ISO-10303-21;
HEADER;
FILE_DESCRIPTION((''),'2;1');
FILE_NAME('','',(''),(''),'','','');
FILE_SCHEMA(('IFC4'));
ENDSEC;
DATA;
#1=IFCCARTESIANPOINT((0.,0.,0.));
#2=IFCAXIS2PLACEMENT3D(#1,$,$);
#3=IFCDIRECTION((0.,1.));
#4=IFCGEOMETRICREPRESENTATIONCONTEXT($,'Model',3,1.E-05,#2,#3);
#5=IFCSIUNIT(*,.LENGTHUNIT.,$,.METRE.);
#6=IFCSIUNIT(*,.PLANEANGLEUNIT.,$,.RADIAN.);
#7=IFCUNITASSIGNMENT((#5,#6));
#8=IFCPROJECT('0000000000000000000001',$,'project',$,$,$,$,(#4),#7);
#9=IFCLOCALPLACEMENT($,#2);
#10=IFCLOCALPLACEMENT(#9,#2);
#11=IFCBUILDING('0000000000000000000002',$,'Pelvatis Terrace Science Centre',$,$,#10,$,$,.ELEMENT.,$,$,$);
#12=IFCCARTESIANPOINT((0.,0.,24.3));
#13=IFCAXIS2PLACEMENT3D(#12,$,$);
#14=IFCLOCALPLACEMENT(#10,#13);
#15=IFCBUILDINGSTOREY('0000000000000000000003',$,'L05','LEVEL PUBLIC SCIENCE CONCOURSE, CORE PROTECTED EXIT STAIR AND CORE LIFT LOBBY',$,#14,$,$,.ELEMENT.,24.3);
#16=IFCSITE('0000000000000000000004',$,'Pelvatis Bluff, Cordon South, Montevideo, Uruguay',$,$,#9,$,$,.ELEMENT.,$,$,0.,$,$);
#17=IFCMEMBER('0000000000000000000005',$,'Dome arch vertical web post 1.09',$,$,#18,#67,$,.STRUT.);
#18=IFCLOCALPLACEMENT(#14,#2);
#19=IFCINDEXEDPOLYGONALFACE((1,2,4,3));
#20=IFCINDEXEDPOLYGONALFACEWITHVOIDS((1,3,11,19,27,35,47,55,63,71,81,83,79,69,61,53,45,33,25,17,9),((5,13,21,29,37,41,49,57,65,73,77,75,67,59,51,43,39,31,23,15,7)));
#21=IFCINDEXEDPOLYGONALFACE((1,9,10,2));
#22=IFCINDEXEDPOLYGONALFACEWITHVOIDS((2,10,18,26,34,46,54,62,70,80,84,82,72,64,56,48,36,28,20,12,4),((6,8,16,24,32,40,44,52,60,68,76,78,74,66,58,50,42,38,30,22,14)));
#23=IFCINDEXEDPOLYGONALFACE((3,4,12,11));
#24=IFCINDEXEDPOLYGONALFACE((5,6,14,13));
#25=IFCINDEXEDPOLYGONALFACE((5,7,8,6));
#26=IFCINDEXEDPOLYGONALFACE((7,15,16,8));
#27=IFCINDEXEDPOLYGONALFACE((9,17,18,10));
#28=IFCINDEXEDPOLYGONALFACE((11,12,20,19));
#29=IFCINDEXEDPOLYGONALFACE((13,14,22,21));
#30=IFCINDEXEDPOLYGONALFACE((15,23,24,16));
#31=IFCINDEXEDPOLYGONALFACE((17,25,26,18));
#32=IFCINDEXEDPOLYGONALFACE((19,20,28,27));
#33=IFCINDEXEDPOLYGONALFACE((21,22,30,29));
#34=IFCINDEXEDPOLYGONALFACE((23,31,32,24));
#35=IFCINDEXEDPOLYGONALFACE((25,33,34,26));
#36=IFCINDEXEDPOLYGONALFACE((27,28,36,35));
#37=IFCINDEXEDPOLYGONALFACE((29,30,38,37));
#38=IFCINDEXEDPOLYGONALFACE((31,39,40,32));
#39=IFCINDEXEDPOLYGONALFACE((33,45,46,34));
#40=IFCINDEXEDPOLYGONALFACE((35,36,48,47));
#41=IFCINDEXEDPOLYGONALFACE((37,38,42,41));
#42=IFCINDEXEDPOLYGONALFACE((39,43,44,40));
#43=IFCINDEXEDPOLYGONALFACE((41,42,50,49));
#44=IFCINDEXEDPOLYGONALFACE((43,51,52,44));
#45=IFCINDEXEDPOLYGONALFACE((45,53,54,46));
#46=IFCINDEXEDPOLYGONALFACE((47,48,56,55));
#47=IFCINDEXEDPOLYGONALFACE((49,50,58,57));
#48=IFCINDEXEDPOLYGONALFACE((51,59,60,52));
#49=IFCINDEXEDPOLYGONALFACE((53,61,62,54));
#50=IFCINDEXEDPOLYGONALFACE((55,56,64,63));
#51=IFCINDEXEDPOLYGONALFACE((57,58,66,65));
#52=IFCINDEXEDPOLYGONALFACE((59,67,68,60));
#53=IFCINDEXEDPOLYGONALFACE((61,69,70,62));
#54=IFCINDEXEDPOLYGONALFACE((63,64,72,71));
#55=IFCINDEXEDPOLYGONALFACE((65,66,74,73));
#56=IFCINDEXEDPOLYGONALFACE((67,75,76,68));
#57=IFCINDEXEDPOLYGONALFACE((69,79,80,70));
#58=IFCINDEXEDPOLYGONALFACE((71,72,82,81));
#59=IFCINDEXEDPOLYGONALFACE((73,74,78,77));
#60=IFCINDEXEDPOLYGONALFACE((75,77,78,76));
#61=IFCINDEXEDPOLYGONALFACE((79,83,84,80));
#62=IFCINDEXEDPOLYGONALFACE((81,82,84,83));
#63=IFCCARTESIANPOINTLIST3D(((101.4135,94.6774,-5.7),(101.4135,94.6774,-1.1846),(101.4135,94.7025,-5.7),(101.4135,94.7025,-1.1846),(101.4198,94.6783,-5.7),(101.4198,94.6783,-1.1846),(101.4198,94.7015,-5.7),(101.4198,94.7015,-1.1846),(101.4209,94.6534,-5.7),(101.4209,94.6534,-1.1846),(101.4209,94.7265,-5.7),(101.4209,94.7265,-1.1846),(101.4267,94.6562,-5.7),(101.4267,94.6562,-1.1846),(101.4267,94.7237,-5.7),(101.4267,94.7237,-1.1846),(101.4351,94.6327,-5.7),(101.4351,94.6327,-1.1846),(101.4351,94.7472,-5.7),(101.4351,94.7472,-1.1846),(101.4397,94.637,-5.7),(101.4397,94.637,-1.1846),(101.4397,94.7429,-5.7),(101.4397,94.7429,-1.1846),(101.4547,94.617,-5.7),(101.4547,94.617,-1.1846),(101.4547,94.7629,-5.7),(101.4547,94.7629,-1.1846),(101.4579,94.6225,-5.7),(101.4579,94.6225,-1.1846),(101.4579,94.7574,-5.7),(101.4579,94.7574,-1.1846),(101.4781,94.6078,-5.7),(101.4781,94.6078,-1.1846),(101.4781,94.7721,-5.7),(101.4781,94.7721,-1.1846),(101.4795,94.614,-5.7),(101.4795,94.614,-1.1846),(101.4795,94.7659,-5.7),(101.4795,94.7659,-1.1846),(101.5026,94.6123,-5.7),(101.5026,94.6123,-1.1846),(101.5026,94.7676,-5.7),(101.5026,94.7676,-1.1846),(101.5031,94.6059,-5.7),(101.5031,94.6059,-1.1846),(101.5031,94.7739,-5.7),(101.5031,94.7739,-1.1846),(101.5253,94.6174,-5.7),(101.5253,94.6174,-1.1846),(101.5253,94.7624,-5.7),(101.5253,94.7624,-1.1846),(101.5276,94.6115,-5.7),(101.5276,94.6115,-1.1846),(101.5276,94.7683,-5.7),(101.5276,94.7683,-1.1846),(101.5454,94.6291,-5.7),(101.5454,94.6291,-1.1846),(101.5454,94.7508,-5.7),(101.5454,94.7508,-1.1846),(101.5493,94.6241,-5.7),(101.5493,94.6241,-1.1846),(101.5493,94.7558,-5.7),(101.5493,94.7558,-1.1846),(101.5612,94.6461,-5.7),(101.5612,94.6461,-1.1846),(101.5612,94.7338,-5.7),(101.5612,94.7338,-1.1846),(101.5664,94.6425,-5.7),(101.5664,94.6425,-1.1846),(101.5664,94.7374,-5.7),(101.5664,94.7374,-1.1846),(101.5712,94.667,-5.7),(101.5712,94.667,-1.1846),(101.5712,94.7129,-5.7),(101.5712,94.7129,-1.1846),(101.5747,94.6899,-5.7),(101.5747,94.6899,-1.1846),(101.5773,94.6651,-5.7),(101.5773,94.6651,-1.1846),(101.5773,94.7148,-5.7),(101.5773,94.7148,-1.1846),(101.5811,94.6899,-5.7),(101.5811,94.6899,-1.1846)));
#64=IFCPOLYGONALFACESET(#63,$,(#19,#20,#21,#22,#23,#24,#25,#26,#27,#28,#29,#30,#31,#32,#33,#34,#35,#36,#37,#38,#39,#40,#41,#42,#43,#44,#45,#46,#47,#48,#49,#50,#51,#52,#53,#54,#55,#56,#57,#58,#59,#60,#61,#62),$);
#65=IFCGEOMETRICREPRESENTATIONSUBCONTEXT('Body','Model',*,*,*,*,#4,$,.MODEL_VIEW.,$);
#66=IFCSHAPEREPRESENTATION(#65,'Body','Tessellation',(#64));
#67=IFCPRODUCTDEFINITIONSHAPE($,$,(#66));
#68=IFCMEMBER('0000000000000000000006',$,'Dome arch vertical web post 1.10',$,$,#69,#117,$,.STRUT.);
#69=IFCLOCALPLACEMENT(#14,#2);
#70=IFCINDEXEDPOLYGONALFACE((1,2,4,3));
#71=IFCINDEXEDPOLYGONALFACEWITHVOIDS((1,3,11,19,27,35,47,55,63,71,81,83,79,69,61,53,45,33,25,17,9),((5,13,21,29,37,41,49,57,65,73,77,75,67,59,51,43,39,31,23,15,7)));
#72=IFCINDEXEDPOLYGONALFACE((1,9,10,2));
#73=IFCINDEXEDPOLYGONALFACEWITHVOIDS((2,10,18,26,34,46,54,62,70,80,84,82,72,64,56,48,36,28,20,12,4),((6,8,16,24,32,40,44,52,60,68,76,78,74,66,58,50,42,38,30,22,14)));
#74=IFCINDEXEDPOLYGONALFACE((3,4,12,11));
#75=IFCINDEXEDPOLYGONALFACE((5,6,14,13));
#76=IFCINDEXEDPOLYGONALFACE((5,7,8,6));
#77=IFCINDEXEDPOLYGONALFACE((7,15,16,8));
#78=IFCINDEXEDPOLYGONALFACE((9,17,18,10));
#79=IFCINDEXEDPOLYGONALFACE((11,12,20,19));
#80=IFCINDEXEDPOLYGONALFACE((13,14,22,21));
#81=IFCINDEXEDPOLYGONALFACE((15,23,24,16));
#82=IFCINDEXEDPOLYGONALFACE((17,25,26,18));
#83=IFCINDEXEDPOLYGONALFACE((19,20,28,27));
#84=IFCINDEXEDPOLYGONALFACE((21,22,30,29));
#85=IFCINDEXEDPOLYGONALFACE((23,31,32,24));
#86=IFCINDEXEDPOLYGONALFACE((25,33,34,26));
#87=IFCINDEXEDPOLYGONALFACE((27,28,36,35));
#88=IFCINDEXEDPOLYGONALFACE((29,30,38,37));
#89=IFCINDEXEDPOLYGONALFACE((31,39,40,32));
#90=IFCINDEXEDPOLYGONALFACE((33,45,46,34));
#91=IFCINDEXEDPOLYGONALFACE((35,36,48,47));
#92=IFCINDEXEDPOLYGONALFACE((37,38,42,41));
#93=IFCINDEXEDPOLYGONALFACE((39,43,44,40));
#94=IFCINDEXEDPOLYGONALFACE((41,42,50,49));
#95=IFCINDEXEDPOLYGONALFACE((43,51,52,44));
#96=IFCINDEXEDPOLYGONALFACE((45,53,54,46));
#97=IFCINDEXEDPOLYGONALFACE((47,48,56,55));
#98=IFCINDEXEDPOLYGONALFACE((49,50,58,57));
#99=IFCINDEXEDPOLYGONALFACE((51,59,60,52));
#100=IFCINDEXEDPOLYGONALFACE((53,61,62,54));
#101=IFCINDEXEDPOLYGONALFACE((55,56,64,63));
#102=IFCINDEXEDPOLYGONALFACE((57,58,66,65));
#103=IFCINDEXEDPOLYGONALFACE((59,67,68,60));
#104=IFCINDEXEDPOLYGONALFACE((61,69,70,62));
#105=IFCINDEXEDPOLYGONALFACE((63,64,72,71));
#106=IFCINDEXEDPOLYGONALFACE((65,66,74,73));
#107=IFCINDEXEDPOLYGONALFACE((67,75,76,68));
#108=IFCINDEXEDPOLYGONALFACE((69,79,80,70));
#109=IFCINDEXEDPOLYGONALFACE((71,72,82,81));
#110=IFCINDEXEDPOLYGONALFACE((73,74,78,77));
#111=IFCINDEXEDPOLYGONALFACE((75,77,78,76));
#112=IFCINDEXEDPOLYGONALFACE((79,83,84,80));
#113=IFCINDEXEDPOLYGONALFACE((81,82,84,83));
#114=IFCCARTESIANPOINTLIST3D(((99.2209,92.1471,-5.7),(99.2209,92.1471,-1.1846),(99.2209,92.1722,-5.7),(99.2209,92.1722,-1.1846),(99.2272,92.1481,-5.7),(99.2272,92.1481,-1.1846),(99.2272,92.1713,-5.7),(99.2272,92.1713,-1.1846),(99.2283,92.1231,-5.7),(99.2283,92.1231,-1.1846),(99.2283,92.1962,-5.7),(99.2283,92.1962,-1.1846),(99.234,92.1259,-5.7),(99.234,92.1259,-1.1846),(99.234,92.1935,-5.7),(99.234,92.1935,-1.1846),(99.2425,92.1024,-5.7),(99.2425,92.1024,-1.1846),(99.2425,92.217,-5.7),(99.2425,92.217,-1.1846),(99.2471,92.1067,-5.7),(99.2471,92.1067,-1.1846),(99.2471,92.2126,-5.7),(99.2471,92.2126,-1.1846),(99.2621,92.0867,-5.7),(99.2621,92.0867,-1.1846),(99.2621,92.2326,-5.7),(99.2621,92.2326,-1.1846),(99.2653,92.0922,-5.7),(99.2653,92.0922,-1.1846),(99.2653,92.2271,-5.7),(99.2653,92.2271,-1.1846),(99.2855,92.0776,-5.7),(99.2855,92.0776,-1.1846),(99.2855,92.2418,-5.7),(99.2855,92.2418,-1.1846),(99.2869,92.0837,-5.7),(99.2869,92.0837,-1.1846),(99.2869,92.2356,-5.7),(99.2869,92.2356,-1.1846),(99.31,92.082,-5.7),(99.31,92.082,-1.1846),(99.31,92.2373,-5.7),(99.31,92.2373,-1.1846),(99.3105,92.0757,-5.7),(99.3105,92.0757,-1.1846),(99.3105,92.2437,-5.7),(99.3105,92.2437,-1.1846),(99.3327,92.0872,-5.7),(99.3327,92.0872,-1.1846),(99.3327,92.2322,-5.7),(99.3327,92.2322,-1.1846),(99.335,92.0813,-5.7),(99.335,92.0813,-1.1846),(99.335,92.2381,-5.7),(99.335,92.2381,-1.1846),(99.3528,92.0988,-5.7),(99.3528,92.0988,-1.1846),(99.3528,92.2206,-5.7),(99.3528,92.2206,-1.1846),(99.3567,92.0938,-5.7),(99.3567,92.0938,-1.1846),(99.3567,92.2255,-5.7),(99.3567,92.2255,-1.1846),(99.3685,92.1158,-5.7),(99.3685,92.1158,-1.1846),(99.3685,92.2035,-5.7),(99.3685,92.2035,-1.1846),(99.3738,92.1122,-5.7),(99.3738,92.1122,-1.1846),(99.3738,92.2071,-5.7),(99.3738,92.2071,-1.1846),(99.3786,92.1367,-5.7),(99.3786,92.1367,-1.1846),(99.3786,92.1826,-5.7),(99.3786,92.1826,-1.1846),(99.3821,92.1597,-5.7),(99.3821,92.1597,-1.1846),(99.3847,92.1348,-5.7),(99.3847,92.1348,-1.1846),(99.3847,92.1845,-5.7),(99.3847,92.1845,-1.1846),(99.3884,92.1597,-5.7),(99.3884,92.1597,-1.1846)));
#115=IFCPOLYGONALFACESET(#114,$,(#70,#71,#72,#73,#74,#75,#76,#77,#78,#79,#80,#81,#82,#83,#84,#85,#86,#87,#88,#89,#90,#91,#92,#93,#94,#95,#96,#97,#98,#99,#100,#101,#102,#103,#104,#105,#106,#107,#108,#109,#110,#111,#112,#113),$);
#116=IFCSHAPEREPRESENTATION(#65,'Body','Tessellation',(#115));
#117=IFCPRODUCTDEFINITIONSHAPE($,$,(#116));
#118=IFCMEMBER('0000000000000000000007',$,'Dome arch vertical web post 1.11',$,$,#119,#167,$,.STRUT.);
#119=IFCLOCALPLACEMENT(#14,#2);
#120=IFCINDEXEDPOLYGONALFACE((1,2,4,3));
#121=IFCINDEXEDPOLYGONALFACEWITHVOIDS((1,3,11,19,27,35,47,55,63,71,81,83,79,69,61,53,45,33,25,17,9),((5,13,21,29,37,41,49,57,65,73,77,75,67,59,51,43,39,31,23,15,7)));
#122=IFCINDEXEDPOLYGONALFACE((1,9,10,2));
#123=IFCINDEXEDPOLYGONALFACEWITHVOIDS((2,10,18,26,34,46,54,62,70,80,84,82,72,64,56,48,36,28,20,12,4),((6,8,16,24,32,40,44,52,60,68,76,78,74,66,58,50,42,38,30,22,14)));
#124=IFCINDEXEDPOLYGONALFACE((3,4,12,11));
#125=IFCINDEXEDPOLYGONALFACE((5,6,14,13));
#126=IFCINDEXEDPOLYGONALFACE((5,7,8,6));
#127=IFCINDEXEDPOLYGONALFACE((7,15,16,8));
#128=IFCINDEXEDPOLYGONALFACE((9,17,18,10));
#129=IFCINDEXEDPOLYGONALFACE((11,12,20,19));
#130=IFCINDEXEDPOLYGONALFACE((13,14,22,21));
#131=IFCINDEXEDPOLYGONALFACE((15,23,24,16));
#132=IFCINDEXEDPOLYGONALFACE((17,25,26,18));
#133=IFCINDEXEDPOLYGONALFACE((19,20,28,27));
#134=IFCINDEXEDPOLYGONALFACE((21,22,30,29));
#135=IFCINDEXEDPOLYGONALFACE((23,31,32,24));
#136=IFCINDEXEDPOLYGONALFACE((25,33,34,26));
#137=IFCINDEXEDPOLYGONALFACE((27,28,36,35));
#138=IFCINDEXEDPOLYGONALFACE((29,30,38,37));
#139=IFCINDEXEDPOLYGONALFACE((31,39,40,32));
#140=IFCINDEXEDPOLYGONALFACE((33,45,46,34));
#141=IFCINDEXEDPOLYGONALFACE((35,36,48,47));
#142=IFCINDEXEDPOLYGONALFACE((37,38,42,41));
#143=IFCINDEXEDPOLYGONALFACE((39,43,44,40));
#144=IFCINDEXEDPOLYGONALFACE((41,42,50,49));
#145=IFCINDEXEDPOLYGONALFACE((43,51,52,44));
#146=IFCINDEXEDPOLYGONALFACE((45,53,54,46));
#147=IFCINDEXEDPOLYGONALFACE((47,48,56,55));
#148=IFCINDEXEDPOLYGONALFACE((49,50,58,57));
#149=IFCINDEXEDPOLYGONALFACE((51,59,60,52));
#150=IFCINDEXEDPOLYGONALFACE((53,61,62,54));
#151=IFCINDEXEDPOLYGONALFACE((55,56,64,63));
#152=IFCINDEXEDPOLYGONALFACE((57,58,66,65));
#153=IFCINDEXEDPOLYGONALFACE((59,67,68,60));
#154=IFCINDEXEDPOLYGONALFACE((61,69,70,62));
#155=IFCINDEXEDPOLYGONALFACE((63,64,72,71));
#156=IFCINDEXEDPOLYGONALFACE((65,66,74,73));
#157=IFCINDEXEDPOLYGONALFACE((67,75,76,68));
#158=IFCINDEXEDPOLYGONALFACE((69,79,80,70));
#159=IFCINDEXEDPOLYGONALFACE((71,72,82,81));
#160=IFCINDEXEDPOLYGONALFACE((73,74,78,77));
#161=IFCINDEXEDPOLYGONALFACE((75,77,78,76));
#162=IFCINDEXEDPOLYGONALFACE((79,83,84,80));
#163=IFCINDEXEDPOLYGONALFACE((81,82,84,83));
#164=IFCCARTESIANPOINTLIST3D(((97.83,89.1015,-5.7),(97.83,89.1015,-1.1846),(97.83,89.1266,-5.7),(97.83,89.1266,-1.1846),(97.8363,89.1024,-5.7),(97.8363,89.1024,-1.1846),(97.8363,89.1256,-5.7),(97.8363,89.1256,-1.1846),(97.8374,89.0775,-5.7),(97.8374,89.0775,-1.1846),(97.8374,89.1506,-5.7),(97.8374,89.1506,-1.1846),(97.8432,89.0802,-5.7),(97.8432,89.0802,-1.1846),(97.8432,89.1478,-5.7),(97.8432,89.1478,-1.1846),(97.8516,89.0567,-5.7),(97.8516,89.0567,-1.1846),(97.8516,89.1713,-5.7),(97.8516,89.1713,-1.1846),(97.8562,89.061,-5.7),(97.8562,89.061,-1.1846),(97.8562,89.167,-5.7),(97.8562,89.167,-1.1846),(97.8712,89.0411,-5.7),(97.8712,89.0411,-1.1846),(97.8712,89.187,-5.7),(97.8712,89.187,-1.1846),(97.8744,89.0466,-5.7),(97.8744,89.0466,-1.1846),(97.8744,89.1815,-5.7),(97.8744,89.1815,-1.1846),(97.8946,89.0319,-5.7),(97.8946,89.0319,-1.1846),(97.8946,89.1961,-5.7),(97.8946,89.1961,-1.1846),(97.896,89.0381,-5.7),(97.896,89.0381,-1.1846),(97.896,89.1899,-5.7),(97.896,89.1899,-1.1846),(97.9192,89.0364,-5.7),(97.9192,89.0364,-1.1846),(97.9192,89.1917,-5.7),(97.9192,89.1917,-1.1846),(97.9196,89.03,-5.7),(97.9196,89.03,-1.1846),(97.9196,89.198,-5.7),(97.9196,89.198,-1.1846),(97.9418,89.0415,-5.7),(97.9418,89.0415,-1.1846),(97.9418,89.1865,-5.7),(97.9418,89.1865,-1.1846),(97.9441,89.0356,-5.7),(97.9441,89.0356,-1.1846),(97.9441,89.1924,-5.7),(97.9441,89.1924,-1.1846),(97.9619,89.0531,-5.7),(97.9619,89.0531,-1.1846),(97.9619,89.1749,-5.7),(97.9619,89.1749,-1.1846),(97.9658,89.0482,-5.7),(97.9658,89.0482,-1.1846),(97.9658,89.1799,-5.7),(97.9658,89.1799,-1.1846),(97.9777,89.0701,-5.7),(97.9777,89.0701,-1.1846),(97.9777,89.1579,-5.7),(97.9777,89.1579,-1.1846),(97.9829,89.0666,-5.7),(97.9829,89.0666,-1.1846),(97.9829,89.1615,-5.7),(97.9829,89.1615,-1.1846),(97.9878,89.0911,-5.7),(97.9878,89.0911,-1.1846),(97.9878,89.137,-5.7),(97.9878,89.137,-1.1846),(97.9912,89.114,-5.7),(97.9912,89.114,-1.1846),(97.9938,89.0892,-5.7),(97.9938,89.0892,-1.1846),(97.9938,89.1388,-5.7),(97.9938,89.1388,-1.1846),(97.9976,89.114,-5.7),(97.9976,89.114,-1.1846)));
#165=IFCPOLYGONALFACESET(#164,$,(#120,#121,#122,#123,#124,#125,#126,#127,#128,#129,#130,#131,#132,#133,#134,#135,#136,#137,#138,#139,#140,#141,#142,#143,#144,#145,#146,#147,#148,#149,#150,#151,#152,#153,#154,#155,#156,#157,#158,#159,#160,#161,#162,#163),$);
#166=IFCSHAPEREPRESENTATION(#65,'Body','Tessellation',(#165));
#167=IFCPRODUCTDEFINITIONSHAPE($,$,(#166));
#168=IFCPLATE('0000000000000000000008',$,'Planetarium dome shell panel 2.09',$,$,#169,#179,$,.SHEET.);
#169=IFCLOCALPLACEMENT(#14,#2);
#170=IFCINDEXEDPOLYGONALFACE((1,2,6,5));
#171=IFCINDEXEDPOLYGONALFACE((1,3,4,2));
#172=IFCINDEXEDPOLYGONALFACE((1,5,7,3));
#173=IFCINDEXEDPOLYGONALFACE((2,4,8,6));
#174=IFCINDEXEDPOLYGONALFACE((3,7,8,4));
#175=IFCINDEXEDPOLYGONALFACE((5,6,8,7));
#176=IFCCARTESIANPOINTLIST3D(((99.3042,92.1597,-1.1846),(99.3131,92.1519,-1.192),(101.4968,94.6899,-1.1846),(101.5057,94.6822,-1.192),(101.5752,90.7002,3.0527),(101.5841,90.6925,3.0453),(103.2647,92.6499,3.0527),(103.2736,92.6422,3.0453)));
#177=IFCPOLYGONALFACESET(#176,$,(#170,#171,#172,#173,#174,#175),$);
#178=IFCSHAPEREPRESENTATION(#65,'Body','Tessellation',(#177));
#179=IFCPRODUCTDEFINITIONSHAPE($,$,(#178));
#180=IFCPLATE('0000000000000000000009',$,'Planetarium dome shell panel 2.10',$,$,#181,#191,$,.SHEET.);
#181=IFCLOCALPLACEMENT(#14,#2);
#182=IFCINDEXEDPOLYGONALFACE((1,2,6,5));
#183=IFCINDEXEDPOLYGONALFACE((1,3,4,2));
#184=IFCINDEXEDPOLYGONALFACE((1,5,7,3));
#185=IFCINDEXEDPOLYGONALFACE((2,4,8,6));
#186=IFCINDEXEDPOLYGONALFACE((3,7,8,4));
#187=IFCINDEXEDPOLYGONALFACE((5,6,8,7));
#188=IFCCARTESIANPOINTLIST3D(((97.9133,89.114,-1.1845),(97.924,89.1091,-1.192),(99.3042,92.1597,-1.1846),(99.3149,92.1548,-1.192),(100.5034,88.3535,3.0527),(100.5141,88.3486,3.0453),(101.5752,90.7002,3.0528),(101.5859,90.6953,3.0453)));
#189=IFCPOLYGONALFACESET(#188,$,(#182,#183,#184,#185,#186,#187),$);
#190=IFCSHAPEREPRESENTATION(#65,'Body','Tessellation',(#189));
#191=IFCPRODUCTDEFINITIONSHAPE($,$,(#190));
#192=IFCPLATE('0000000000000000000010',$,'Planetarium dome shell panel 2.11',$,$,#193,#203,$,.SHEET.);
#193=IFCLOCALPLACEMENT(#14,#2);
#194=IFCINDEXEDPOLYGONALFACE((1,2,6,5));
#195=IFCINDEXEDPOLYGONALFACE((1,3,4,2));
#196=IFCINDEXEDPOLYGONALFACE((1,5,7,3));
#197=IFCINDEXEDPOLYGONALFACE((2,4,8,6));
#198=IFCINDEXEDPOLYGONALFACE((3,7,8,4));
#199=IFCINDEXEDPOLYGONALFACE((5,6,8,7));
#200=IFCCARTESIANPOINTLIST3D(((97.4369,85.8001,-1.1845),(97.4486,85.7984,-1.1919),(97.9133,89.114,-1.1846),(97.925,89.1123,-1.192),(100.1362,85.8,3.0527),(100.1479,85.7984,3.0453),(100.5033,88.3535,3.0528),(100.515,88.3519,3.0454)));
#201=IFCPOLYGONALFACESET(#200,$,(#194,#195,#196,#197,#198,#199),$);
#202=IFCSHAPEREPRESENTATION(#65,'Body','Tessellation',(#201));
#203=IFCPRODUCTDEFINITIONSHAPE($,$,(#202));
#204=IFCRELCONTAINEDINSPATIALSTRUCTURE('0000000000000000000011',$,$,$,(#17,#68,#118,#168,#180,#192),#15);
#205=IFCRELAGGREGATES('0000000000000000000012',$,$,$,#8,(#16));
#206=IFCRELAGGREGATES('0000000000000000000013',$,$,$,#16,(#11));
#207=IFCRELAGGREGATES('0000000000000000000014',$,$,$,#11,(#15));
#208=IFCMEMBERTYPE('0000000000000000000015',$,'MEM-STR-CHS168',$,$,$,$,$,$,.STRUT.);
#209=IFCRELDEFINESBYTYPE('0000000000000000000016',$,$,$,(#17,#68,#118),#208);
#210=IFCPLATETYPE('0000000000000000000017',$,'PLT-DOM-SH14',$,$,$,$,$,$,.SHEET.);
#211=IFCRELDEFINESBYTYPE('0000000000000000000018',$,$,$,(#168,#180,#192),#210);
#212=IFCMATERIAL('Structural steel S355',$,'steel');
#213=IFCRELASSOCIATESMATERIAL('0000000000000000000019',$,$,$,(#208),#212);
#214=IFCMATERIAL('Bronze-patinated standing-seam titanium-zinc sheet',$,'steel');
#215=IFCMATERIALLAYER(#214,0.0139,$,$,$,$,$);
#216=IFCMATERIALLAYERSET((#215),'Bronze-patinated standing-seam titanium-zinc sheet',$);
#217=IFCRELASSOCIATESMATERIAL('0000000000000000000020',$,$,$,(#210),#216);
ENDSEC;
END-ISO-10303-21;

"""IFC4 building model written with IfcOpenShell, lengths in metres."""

from ifc_helpers import new_model, si_unit, direction, frame, origin, origin_2d, place, context, subcontext, project, spatial, polyline, hollow_circle, outline, extrude, material, layer, layer_set, material_profile, profile_set, type_object, element, save


model = new_model("IFC4")

# Units and contexts
model_context = context("Model", 3, precision=1e-05, world=origin(), true_north=direction((0.0, 1.0)))
body_context = subcontext(model_context, "Body", "Model", "MODEL_VIEW")
ifc_project = project(units=[si_unit("LENGTHUNIT", "METRE"), si_unit("PLANEANGLEUNIT", "RADIAN")], contexts=[model_context])

# Site, building, storey
site_placement = place(None, origin())
site = spatial("IfcSite", under=ifc_project, at=site_placement, Name="Pelvatis Bluff, Cordon South, Montevideo, Uruguay", CompositionType="ELEMENT", RefElevation=0.0)
building_placement = place(site_placement, origin())
building = spatial("IfcBuilding", under=site, at=building_placement, Name="Pelvatis Terrace Science Centre", CompositionType="ELEMENT")
storey_placement = place(building_placement, frame((0.0, 0.0, 24.3)))
storey = spatial("IfcBuildingStorey", under=building, at=storey_placement, Name="L05", Description="LEVEL PUBLIC SCIENCE CONCOURSE, CORE PROTECTED EXIT STAIR AND CORE LIFT LOBBY", CompositionType="ELEMENT", Elevation=24.3)

# Members
ifc_material_1 = material(Name="Structural steel S355", Category="steel")
ifc_material_profile_1 = material_profile(ifc_material_1, hollow_circle(Radius=0.0842, WallThickness=0.0063, at=origin_2d()), Name="CHS 168.3x6.3")
ifc_profile_set_1 = profile_set([ifc_material_profile_1], Name="Structural steel S355")
member_type_1 = type_object("IfcMemberType", Name="MEM-STR-CHS168", PredefinedType="STRUT", material=ifc_profile_set_1)
for number, where, z_axis, x_axis, name in (
    (1, (101.4968, 94.6899, -5.7), (0.0, 0.0, 1.0), (1.0, 0.0, 0.0), "Dome arch vertical web post 1.09"),
    (2, (99.3042, 92.1597, -5.7), (0.0, 0.0, 1.0), (1.0, 0.0, 0.0), "Dome arch vertical web post 1.10"),
    (3, (97.9133, 89.114, -5.7), (0.0, 0.0, 1.0), (1.0, 0.0, 0.0), "Dome arch vertical web post 1.11"),
):
    element("IfcMember", number, at=place(storey_placement, frame(where, z_axis=z_axis, x_axis=x_axis)), inside=storey, type_object=member_type_1, Name=name, PredefinedType="STRUT", context=body_context, shape_type="SweptSolid", body=[
        extrude(hollow_circle(Radius=0.0842, WallThickness=0.0063, at=origin_2d()), origin(), (0.0, 0.0, 1.0), 4.5154),
    ])

# Plates
ifc_material_2 = material(Name="Bronze-patinated standing-seam titanium-zinc sheet", Category="steel")
ifc_layer_1 = layer(ifc_material_2, 0.0139)
ifc_layer_set_1 = layer_set([ifc_layer_1], Name="Bronze-patinated standing-seam titanium-zinc sheet")
plate_type_1 = type_object("IfcPlateType", Name="PLT-DOM-SH14", PredefinedType="SHEET", material=ifc_layer_set_1)
plate_1_placement = place(storey_placement, frame((101.4968, 94.6899, -1.1846), z_axis=(-0.639251, 0.553937, 0.533397), x_axis=(-0.654878, -0.755735, -0.000005)))
element("IfcPlate", 4, at=plate_1_placement, inside=storey, type_object=plate_type_1, Name="Planetarium dome shell panel 2.09", PredefinedType="SHEET", context=body_context, shape_type="SweptSolid", body=[
    extrude(outline(polyline([(0.0, 0.0), (3.3481, 0.0), (2.9638, 5.0094), (0.384, 5.0094), (0.0, 0.0)])), origin(), (0.0, 0.0, -1.0), 0.0139),
])
plate_2_placement = place(storey_placement, frame((99.3042, 92.1597, -1.1846), z_axis=(-0.769424, 0.351391, 0.533395), x_axis=(-0.415418, -0.909631, 0.000008)))
element("IfcPlate", 5, at=plate_2_placement, inside=storey, type_object=plate_type_1, Name="Planetarium dome shell panel 2.10", PredefinedType="SHEET", context=body_context, shape_type="SweptSolid", body=[
    extrude(outline(polyline([(0.0, 0.0), (3.3482, 0.0), (2.964, 5.0094), (0.3842, 5.0095), (0.0, 0.0)])), origin(), (0.0, 0.0, -1.0), 0.0139),
])
plate_3_placement = place(storey_placement, frame((97.9133, 89.114, -1.1846), z_axis=(-0.837272, 0.120367, 0.533373), x_axis=(-0.142289, -0.989825, 0.000013)))
element("IfcPlate", 6, at=plate_3_placement, inside=storey, type_object=plate_type_1, Name="Planetarium dome shell panel 2.11", PredefinedType="SHEET", context=body_context, shape_type="SweptSolid", body=[
    extrude(outline(polyline([(0.0, 0.0), (3.348, 0.0), (2.964, 5.0093), (0.3843, 5.0094), (0.0, 0.0)])), origin(), (0.0, 0.0, -1.0), 0.0139),
])

save(model, "model.ifc")
